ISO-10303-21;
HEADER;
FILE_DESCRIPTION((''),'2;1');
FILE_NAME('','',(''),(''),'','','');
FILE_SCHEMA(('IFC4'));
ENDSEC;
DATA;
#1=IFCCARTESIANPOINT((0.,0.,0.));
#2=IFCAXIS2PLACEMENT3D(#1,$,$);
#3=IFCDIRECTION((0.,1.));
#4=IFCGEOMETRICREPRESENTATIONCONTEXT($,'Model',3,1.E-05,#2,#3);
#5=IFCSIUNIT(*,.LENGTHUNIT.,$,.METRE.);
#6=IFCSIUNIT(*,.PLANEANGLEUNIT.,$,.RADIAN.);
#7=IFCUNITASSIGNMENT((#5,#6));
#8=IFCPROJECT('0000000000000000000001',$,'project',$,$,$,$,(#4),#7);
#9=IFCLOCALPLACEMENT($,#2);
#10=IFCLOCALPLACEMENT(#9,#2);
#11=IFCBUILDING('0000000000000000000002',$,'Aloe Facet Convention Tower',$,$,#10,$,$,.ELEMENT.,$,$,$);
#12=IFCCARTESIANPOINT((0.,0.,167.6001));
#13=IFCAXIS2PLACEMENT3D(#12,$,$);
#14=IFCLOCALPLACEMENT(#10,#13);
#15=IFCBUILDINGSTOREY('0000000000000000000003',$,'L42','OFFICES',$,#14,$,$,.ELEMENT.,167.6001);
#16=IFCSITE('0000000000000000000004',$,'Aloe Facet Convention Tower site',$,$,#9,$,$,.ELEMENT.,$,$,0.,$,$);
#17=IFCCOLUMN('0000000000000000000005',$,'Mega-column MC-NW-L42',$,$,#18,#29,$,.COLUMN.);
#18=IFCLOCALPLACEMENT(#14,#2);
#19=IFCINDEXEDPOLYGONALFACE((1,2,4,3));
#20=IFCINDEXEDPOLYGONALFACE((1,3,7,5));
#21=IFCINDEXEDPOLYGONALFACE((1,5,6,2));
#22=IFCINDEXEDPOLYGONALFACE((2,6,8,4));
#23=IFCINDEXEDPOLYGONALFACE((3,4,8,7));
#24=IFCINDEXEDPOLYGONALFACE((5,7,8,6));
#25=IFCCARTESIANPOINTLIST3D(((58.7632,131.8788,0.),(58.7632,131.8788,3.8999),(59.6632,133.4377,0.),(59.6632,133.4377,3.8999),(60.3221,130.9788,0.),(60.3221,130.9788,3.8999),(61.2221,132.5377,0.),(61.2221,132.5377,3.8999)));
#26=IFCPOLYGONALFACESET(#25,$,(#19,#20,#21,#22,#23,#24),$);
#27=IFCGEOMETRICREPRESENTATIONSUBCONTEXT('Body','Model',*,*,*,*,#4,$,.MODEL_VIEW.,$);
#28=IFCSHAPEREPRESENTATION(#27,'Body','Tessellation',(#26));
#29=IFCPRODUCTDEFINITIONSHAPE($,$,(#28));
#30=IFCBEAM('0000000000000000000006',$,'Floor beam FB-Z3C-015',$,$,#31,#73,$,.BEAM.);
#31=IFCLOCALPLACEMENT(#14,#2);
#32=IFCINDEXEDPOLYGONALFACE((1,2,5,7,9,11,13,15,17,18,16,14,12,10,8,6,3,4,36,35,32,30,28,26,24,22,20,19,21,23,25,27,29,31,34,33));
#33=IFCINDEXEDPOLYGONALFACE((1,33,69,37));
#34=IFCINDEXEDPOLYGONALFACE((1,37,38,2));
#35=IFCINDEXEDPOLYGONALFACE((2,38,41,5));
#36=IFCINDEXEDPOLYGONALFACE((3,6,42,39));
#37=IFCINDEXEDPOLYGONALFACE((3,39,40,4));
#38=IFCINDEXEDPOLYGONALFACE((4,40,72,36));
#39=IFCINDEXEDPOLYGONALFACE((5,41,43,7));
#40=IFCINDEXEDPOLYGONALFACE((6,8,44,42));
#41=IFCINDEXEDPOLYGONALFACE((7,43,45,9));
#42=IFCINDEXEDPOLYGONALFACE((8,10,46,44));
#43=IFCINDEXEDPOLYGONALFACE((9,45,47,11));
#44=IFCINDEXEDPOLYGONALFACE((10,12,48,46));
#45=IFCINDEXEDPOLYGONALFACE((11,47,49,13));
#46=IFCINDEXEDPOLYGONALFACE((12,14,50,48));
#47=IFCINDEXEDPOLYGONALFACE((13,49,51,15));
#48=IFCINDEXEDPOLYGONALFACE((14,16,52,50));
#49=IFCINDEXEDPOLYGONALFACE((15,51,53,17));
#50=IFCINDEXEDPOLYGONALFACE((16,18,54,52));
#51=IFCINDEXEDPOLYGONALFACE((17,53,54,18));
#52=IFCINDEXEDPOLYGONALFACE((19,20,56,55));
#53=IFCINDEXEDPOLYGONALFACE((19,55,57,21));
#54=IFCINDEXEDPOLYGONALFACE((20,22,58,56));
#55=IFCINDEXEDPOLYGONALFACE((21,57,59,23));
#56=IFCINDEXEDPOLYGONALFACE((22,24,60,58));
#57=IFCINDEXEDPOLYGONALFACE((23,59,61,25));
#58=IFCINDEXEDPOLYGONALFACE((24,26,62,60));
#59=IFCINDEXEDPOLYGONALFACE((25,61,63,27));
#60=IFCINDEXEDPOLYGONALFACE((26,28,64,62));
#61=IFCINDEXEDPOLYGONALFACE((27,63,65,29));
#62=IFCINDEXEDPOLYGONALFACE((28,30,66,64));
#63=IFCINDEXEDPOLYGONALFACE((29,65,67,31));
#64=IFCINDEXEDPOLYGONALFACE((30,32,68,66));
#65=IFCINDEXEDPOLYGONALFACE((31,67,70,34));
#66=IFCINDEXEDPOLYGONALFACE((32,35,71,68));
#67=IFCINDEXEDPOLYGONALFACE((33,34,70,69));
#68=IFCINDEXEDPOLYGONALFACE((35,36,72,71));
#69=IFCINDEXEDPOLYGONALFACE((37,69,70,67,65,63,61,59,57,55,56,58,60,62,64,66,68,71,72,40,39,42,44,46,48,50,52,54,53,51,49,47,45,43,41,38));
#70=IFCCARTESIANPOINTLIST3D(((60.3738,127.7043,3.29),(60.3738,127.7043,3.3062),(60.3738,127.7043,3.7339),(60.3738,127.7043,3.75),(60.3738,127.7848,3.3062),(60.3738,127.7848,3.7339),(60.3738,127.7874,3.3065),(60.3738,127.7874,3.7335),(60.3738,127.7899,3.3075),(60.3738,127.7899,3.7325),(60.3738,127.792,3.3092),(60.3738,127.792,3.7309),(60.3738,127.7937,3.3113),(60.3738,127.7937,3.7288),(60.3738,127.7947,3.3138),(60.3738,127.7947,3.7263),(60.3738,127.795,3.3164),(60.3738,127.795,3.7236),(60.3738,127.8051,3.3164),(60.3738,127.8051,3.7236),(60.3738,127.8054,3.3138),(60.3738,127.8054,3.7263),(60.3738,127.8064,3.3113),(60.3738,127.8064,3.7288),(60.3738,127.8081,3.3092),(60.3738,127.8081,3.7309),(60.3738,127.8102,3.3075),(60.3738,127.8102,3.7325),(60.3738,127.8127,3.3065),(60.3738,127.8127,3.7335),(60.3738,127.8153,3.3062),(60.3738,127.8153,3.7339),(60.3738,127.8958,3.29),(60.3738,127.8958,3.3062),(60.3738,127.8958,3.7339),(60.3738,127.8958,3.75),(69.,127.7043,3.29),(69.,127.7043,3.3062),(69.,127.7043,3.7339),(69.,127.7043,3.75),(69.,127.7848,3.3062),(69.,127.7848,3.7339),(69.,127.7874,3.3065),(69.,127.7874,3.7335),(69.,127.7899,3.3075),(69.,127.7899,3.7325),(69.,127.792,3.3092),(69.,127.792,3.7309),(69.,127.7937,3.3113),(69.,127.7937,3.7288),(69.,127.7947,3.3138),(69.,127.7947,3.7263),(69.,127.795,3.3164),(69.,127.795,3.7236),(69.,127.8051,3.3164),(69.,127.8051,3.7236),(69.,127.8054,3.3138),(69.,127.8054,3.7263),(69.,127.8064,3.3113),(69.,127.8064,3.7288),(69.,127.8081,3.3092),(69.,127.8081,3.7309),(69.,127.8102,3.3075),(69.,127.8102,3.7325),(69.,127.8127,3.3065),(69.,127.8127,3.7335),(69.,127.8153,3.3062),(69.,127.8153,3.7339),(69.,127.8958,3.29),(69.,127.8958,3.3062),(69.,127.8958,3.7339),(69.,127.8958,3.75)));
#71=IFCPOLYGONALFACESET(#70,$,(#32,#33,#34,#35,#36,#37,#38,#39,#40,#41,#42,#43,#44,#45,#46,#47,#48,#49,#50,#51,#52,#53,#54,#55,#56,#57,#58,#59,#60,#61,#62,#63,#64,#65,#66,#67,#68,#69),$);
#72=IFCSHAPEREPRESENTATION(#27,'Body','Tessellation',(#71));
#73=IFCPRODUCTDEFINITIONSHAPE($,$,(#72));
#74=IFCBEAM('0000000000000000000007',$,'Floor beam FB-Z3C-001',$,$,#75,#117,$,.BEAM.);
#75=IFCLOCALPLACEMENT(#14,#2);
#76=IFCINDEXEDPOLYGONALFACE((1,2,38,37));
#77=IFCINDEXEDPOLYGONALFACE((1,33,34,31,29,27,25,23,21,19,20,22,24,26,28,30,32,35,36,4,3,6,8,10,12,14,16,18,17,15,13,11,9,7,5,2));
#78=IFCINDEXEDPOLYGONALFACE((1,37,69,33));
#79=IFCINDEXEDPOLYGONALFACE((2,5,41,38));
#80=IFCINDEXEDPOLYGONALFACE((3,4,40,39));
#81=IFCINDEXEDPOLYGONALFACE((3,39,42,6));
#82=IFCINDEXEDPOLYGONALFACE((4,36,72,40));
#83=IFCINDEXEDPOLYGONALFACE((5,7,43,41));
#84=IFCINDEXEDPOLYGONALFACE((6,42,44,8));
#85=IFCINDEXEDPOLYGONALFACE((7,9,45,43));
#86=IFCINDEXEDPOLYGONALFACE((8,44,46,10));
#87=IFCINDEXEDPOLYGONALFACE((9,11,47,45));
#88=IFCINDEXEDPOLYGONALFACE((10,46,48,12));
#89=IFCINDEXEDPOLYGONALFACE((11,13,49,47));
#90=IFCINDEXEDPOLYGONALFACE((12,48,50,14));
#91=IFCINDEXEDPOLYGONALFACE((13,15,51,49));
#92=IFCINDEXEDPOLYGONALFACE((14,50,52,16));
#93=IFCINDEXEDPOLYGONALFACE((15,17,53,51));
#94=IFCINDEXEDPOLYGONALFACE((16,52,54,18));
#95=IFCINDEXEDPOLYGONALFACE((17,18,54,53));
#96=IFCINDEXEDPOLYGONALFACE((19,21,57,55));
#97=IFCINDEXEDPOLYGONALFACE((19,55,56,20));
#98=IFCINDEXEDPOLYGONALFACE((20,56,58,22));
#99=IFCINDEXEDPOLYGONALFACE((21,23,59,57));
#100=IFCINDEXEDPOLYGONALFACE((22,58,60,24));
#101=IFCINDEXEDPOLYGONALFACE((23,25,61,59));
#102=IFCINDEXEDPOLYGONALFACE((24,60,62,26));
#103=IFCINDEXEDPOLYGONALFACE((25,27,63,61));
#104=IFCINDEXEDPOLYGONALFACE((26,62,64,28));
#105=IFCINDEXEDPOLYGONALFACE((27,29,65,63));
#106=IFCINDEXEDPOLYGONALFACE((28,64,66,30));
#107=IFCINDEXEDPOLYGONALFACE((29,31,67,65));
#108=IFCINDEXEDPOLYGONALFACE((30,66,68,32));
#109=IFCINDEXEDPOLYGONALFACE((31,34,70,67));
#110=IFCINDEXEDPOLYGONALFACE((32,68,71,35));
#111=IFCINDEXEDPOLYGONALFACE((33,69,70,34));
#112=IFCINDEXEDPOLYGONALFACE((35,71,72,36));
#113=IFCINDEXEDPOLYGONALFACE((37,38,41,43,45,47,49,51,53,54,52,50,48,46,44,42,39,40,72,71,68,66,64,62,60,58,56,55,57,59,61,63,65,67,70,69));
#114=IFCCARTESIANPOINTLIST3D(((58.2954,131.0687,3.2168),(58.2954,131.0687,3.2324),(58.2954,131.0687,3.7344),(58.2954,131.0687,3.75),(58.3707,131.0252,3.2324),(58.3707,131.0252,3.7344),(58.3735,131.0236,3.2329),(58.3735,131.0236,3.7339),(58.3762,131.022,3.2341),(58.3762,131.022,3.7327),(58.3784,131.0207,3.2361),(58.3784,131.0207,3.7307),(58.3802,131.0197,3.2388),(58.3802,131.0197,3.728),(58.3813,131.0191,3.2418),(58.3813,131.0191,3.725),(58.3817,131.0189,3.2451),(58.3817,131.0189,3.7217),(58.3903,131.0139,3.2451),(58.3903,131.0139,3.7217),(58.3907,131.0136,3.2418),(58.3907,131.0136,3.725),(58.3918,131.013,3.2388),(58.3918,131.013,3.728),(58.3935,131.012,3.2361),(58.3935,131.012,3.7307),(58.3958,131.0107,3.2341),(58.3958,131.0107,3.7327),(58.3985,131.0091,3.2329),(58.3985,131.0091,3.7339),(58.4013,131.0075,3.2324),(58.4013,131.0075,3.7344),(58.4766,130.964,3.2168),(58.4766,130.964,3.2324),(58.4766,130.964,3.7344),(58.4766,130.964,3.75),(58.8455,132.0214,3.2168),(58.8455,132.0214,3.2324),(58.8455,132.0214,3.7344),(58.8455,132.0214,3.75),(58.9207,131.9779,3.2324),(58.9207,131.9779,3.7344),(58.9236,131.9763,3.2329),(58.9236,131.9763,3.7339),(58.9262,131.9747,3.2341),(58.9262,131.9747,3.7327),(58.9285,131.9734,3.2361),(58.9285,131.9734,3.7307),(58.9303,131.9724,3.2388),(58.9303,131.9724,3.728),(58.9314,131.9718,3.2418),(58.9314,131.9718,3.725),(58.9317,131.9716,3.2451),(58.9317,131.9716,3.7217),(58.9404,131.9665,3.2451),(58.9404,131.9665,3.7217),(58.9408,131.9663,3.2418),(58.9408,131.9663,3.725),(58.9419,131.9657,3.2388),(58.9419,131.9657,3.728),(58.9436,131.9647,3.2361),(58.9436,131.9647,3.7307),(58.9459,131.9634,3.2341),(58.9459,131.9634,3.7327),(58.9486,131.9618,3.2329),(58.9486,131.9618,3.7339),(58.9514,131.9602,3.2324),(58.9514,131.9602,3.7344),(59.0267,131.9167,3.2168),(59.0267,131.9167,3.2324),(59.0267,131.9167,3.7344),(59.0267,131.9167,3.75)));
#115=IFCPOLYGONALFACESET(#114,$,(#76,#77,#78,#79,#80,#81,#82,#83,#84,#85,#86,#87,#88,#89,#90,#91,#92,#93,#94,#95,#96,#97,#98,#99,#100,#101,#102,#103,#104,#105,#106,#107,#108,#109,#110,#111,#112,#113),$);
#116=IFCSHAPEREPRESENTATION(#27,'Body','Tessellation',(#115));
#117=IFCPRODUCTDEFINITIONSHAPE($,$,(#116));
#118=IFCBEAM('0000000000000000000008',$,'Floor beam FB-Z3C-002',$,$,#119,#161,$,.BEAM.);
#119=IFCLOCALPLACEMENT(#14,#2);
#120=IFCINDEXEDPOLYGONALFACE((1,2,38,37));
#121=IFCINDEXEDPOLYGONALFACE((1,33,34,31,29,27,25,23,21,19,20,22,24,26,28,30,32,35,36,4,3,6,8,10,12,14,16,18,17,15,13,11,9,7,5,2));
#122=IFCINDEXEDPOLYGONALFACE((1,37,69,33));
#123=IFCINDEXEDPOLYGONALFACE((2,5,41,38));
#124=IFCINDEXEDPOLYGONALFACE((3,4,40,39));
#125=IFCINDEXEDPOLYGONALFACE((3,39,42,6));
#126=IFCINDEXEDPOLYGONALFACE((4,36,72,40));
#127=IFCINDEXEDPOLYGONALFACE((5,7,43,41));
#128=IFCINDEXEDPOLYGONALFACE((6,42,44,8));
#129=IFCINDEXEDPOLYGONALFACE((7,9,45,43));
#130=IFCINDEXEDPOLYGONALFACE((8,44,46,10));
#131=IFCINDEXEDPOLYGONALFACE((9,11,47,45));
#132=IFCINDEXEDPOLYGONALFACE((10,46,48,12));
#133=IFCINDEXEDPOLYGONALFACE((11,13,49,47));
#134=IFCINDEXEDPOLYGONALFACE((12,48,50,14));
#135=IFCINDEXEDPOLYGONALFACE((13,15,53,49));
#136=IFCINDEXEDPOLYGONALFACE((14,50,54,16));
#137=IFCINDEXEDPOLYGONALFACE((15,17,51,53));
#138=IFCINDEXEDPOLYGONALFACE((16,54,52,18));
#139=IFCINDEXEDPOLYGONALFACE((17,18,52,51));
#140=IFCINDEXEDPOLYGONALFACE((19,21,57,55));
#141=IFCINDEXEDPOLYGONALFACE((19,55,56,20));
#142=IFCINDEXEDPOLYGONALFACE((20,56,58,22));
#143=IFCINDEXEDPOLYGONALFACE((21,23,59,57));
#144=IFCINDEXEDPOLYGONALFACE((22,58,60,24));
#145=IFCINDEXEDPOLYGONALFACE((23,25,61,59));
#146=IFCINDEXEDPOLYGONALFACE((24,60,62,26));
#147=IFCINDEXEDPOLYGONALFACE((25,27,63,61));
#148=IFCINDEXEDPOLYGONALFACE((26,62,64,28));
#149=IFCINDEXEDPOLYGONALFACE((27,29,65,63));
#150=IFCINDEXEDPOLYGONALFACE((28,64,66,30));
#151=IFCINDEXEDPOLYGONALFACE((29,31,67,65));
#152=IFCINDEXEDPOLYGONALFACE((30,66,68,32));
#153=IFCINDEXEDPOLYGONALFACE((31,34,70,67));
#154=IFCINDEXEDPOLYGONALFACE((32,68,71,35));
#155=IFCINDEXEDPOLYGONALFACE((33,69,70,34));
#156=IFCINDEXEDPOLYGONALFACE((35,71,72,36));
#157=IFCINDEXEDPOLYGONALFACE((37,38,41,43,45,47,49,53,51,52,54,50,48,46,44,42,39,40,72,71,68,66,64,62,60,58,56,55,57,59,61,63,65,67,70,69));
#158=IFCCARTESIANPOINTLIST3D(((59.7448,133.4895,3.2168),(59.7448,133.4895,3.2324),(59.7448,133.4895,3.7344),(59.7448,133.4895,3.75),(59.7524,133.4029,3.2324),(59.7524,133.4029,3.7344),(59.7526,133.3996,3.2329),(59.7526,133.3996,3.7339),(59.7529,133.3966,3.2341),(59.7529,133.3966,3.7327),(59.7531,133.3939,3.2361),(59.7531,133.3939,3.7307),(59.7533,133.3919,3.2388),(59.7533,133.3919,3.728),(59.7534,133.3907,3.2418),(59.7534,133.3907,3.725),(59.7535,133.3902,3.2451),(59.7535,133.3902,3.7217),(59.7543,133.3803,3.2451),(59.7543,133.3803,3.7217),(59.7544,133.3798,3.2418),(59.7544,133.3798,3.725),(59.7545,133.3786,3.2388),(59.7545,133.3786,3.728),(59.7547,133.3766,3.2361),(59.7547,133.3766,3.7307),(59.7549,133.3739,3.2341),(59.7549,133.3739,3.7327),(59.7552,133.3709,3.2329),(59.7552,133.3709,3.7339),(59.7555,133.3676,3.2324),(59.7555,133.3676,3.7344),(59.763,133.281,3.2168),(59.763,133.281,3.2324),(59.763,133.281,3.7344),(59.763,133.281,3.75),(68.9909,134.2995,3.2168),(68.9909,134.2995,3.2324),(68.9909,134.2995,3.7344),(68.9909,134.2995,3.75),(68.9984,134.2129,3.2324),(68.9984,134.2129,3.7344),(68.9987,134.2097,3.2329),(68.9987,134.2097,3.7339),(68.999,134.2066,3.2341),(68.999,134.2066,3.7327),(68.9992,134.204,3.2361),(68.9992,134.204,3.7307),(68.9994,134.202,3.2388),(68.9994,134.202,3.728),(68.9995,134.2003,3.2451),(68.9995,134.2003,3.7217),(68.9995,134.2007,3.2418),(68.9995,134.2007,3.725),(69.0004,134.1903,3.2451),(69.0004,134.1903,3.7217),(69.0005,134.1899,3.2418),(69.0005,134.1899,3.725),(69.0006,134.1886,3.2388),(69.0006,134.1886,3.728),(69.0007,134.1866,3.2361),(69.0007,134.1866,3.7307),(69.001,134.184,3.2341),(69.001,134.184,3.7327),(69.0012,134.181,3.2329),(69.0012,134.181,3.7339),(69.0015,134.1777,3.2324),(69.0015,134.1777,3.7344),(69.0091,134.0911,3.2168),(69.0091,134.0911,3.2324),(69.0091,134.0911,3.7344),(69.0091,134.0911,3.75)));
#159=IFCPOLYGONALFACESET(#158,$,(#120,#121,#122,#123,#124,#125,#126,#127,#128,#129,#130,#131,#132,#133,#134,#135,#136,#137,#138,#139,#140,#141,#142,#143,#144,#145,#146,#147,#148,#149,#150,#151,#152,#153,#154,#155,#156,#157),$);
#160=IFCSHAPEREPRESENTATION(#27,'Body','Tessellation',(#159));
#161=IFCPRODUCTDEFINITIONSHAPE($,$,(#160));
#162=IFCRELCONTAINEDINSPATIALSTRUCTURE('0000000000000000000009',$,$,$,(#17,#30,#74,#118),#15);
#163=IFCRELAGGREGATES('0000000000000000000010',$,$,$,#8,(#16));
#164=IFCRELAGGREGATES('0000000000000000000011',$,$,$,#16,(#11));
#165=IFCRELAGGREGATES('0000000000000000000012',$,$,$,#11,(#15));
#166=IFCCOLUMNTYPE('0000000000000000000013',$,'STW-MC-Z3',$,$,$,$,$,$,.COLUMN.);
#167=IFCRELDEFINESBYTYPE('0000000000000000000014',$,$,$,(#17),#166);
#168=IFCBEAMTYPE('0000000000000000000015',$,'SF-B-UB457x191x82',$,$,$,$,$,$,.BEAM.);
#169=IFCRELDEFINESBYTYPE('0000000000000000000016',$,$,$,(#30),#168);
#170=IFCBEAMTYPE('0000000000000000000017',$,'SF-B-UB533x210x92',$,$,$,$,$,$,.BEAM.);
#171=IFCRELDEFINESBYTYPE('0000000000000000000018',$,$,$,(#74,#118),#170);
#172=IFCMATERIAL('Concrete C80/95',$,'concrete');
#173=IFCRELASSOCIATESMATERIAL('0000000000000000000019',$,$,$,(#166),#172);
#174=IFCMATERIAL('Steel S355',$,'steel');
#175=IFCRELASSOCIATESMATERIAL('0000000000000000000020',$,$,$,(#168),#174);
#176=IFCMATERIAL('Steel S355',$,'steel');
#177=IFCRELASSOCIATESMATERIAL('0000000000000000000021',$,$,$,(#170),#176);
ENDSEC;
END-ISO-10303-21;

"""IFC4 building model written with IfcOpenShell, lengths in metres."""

from ifc_helpers import new_model, si_unit, direction, frame, origin, origin_2d, place, context, subcontext, project, spatial, rectangle, i_section, extrude, material, material_profile, profile_set, type_object, element, save


model = new_model("IFC4")

# Units and contexts
model_context = context("Model", 3, precision=1e-05, world=origin(), true_north=direction((0.0, 1.0)))
body_context = subcontext(model_context, "Body", "Model", "MODEL_VIEW")
ifc_project = project(units=[si_unit("LENGTHUNIT", "METRE"), si_unit("PLANEANGLEUNIT", "RADIAN")], contexts=[model_context])

# Site, building, storey
site_placement = place(None, origin())
site = spatial("IfcSite", under=ifc_project, at=site_placement, Name="Aloe Facet Convention Tower site", CompositionType="ELEMENT", RefElevation=0.0)
building_placement = place(site_placement, origin())
building = spatial("IfcBuilding", under=site, at=building_placement, Name="Aloe Facet Convention Tower", CompositionType="ELEMENT")
storey_placement = place(building_placement, frame((0.0, 0.0, 167.6001)))
storey = spatial("IfcBuildingStorey", under=building, at=storey_placement, Name="L42", Description="OFFICES", CompositionType="ELEMENT", Elevation=167.6001)

# Column
ifc_material_1 = material(Name="Concrete C80/95", Category="concrete")
ifc_material_profile_1 = material_profile(ifc_material_1, rectangle(XDim=1.8, YDim=1.8, at=origin_2d()), Name="STW-MC-Z3")
ifc_profile_set_1 = profile_set([ifc_material_profile_1], Name="Concrete C80/95")
column_type = type_object("IfcColumnType", Name="STW-MC-Z3", PredefinedType="COLUMN", material=ifc_profile_set_1)
column_placement = place(storey_placement, frame((59.9927, 132.2083, 0.0), z_axis=(0.0, 0.0, 1.0), x_axis=(-0.5, -0.866025, 0.0)))
element("IfcColumn", 1, at=column_placement, inside=storey, type_object=column_type, Name="Mega-column MC-NW-L42", PredefinedType="COLUMN", context=body_context, shape_type="SweptSolid", body=[
    extrude(rectangle(XDim=1.8, YDim=1.8, at=origin_2d()), origin(), (0.0, 0.0, 1.0), 3.8999),
])

# Beams
ifc_material_2 = material(Name="Steel S355", Category="steel")
ifc_material_profile_2 = material_profile(ifc_material_2, i_section(OverallWidth=0.1914, OverallDepth=0.46, WebThickness=0.01, FlangeThickness=0.0161, FilletRadius=0.0103, at=origin_2d()), Name="UB 457x191x82")
ifc_profile_set_2 = profile_set([ifc_material_profile_2], Name="Steel S355")
beam_type_1 = type_object("IfcBeamType", Name="SF-B-UB457x191x82", PredefinedType="BEAM", material=ifc_profile_set_2)
beam_1_placement = place(storey_placement, frame((60.3738, 127.8, 3.52), z_axis=(1.0, 0.0, 0.0), x_axis=(0.0, 1.0, 0.0)))
element("IfcBeam", 2, at=beam_1_placement, inside=storey, type_object=beam_type_1, Name="Floor beam FB-Z3C-015", PredefinedType="BEAM", context=body_context, shape_type="SweptSolid", body=[
    extrude(i_section(OverallWidth=0.1914, OverallDepth=0.46, WebThickness=0.01, FlangeThickness=0.0161, FilletRadius=0.0103, at=origin_2d()), origin(), (0.0, 0.0, 1.0), 8.6262),
])
ifc_material_3 = material(Name="Steel S355", Category="steel")
ifc_material_profile_3 = material_profile(ifc_material_3, i_section(OverallWidth=0.2092, OverallDepth=0.5332, WebThickness=0.01, FlangeThickness=0.0156, FilletRadius=0.0127, at=origin_2d()), Name="UB 533x210x92")
ifc_profile_set_3 = profile_set([ifc_material_profile_3], Name="Steel S355")
beam_type_2 = type_object("IfcBeamType", Name="SF-B-UB533x210x92", PredefinedType="BEAM", material=ifc_profile_set_3)
beam_2_placement = place(storey_placement, frame((58.386, 131.0164, 3.4834), z_axis=(0.50003, 0.866008, 0.0), x_axis=(-0.866008, 0.50003, 0.0)))
element("IfcBeam", 3, at=beam_2_placement, inside=storey, type_object=beam_type_2, Name="Floor beam FB-Z3C-001", PredefinedType="BEAM", context=body_context, shape_type="SweptSolid", body=[
    extrude(i_section(OverallWidth=0.2092, OverallDepth=0.5332, WebThickness=0.01, FlangeThickness=0.0156, FilletRadius=0.0127, at=origin_2d()), origin(), (0.0, 0.0, 1.0), 1.1001),
])
beam_3_placement = place(storey_placement, frame((59.7539, 133.3853, 3.4834), z_axis=(0.996184, 0.087277, 0.0), x_axis=(-0.087277, 0.996184, 0.0)))
element("IfcBeam", 4, at=beam_3_placement, inside=storey, type_object=beam_type_2, Name="Floor beam FB-Z3C-002", PredefinedType="BEAM", context=body_context, shape_type="SweptSolid", body=[
    extrude(i_section(OverallWidth=0.2092, OverallDepth=0.5332, WebThickness=0.01, FlangeThickness=0.0156, FilletRadius=0.0127, at=origin_2d()), origin(), (0.0, 0.0, 1.0), 9.2815),
])

save(model, "model.ifc")
